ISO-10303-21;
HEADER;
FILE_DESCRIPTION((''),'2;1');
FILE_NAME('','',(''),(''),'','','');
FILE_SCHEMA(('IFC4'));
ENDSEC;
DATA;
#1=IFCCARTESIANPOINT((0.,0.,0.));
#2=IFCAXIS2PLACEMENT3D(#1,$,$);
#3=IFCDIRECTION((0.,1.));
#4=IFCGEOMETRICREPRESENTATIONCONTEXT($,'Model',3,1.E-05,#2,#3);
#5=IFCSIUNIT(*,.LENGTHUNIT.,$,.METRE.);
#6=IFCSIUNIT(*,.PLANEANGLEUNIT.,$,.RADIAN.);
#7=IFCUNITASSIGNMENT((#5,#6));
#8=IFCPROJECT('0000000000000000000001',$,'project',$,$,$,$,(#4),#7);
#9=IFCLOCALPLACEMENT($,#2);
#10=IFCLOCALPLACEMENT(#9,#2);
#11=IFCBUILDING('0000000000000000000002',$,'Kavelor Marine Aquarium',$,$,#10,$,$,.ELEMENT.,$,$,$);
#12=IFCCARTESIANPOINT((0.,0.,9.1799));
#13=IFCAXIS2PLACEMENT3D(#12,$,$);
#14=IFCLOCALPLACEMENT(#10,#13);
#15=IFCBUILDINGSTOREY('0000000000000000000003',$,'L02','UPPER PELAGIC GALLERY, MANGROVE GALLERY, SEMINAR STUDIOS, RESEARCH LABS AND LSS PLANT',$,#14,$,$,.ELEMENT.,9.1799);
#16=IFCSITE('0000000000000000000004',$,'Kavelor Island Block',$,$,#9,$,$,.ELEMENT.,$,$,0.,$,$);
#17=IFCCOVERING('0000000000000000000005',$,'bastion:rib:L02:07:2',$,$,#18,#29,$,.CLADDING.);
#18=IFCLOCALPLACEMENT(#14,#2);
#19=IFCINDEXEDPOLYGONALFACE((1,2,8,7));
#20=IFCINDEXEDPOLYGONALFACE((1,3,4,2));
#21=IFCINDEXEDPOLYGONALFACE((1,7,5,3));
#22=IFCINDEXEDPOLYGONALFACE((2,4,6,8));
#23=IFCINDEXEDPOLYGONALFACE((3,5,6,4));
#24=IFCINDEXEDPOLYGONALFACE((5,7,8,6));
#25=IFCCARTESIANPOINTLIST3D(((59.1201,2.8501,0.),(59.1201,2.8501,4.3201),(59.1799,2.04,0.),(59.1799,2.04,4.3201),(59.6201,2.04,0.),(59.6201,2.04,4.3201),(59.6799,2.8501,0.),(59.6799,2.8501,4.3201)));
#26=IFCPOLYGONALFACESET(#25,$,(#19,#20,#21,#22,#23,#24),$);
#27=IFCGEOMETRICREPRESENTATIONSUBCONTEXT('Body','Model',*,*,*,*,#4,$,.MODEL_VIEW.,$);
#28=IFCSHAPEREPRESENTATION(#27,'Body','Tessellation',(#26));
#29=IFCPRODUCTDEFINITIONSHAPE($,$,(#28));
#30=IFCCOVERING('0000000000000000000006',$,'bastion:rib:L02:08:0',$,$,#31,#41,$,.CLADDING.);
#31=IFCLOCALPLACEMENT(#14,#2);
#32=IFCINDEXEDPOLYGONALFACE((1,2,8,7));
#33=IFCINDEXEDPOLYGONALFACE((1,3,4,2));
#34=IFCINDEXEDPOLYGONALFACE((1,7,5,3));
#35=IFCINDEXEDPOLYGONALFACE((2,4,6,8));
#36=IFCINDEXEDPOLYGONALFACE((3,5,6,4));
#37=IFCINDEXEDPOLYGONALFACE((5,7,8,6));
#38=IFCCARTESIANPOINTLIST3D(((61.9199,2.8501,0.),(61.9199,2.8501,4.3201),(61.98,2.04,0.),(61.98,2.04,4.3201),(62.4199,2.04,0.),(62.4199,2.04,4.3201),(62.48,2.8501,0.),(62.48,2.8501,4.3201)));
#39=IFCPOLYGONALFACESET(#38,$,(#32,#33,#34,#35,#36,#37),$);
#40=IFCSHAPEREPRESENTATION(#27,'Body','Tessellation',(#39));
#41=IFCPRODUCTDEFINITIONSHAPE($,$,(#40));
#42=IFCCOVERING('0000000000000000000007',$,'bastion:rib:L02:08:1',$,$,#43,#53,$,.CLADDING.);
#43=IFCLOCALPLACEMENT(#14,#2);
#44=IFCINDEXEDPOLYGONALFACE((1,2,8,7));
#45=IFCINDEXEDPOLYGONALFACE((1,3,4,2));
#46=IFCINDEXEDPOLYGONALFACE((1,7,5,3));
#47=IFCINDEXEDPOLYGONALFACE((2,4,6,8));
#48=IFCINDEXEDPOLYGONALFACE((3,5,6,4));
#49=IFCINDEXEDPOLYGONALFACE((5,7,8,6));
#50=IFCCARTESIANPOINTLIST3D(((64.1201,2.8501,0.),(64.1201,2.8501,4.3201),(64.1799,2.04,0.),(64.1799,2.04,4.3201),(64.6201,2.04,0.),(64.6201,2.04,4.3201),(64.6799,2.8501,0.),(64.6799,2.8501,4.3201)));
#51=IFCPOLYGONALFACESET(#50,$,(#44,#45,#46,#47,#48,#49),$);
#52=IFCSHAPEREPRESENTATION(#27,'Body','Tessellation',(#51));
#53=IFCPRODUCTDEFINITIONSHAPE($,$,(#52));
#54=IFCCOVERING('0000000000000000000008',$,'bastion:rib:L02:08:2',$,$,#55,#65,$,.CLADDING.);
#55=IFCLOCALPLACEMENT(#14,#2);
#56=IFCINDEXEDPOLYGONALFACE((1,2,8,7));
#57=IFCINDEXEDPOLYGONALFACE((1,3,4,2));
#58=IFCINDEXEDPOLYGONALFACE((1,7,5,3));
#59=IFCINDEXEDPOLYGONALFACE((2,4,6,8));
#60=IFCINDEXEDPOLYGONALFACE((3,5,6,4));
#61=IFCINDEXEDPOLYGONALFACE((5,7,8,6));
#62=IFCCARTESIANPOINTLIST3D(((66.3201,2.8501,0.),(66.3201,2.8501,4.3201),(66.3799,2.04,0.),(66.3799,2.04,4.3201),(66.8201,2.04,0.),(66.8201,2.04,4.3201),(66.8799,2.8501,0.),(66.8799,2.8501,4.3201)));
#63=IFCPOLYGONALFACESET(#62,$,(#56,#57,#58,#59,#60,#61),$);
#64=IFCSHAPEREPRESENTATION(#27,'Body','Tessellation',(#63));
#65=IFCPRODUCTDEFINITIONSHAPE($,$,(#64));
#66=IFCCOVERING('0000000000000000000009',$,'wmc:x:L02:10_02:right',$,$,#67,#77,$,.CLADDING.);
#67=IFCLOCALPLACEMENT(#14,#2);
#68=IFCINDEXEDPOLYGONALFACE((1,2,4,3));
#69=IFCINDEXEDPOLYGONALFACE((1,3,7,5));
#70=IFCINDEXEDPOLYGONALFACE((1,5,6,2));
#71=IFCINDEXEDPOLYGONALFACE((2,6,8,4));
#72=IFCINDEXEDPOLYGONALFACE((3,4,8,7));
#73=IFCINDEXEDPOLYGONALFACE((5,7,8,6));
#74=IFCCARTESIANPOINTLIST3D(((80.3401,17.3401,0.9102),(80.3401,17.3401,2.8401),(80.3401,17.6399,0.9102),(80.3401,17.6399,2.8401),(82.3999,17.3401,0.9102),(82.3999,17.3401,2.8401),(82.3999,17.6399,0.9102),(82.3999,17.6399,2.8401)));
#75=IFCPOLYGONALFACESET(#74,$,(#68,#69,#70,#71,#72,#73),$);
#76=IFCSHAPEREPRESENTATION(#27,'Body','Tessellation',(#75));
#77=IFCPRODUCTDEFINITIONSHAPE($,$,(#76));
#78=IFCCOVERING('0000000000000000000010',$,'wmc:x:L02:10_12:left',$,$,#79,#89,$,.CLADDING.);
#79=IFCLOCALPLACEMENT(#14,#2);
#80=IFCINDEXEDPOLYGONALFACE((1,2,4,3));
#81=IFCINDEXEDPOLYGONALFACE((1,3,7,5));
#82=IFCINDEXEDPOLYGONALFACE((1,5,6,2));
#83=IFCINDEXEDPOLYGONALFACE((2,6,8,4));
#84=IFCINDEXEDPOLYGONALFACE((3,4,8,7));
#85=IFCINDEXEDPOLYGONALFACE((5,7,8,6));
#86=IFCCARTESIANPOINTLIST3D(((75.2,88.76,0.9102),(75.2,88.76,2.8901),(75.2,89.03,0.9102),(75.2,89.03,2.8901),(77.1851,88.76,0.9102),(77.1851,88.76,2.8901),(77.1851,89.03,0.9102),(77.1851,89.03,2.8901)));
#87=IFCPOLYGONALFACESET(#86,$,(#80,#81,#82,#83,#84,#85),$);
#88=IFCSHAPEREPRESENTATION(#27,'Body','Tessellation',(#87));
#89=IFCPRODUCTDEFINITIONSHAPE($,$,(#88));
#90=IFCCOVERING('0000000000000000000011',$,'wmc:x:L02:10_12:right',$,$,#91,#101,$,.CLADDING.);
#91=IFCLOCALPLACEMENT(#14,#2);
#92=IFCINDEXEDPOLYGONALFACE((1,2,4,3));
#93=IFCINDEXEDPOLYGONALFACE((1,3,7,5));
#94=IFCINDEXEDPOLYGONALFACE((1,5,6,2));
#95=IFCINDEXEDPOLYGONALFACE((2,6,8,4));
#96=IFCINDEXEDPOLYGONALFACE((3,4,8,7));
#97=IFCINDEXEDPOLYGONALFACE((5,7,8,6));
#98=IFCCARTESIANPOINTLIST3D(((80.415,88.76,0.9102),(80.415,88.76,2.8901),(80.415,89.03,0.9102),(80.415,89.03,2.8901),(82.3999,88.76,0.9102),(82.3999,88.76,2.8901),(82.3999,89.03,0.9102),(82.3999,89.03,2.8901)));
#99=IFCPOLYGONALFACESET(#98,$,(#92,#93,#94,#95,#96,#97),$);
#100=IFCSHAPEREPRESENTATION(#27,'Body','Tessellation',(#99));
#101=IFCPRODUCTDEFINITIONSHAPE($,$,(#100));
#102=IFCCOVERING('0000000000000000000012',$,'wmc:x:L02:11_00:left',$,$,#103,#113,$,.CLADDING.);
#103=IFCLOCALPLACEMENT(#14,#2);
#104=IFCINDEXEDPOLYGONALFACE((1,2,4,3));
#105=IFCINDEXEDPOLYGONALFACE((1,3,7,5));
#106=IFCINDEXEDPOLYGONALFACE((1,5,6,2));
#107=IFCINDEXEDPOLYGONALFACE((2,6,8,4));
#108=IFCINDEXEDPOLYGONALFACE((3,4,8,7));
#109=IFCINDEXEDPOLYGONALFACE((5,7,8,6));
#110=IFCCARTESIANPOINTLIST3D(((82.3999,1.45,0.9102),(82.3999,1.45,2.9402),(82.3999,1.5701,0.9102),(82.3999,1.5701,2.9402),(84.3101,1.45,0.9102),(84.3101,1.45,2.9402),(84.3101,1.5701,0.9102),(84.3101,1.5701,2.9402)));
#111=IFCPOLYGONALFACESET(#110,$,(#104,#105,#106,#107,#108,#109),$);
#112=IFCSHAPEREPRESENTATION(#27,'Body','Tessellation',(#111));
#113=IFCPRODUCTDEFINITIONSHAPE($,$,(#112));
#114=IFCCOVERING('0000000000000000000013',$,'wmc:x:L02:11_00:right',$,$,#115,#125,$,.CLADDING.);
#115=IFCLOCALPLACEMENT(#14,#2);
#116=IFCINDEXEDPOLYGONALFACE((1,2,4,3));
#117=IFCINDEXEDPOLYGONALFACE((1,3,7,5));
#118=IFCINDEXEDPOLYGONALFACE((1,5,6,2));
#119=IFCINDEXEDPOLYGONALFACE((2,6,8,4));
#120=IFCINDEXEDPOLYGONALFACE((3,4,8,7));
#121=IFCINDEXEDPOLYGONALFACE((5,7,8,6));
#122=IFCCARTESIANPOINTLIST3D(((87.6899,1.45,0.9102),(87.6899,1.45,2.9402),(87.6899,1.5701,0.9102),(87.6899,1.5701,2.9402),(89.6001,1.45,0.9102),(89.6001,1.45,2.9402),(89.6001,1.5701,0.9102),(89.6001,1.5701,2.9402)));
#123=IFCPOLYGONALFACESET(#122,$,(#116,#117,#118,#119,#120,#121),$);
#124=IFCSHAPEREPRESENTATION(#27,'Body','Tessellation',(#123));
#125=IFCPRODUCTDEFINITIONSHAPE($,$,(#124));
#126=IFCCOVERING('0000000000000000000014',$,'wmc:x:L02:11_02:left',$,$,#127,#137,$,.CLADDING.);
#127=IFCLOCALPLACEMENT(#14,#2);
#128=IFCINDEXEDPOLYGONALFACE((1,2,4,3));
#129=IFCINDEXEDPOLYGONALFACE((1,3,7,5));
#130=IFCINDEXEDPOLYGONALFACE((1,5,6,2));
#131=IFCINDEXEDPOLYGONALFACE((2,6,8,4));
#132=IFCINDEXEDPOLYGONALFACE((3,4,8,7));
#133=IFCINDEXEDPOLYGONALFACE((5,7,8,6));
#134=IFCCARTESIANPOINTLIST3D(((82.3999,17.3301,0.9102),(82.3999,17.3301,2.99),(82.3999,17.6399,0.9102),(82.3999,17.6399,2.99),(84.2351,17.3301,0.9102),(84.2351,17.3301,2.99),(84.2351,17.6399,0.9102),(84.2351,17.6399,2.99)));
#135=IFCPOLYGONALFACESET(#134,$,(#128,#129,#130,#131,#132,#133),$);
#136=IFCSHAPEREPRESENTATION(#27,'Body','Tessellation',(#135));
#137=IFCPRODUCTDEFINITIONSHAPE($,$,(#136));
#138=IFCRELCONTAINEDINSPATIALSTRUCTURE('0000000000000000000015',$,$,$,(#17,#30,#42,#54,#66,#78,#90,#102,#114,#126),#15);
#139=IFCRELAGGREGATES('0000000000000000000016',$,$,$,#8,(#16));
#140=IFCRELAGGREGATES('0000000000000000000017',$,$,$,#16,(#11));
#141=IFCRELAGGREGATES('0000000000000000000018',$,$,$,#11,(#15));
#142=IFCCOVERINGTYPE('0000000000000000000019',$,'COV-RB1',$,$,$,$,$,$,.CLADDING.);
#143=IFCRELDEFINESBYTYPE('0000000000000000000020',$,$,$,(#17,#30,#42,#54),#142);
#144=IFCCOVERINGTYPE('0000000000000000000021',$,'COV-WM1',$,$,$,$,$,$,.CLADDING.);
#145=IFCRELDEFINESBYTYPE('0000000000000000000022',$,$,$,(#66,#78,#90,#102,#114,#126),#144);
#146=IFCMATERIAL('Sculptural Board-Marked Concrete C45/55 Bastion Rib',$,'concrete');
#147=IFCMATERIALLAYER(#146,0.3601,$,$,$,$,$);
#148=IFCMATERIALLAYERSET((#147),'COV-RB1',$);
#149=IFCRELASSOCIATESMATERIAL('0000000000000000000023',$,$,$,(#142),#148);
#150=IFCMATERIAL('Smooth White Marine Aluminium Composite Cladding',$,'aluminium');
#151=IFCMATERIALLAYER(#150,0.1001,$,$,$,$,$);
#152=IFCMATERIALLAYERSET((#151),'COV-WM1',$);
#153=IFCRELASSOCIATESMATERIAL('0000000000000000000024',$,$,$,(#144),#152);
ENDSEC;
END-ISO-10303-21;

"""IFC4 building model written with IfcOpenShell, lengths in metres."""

from ifc_helpers import new_model, si_unit, direction, frame, origin, place, context, subcontext, project, spatial, polyline, outline, extrude, material, layer, layer_set, type_object, element, save


model = new_model("IFC4")

# Units and contexts
model_context = context("Model", 3, precision=1e-05, world=origin(), true_north=direction((0.0, 1.0)))
body_context = subcontext(model_context, "Body", "Model", "MODEL_VIEW")
ifc_project = project(units=[si_unit("LENGTHUNIT", "METRE"), si_unit("PLANEANGLEUNIT", "RADIAN")], contexts=[model_context])

# Site, building, storey
site_placement = place(None, origin())
site = spatial("IfcSite", under=ifc_project, at=site_placement, Name="Kavelor Island Block", CompositionType="ELEMENT", RefElevation=0.0)
building_placement = place(site_placement, origin())
building = spatial("IfcBuilding", under=site, at=building_placement, Name="Kavelor Marine Aquarium", CompositionType="ELEMENT")
storey_placement = place(building_placement, frame((0.0, 0.0, 9.1799)))
storey = spatial("IfcBuildingStorey", under=building, at=storey_placement, Name="L02", Description="UPPER PELAGIC GALLERY, MANGROVE GALLERY, SEMINAR STUDIOS, RESEARCH LABS AND LSS PLANT", CompositionType="ELEMENT", Elevation=9.1799)

# Coverings
ifc_material_1 = material(Name="Sculptural Board-Marked Concrete C45/55 Bastion Rib", Category="concrete")
ifc_layer_1 = layer(ifc_material_1, 0.3601)
ifc_layer_set_1 = layer_set([ifc_layer_1], Name="COV-RB1")
covering_type_1 = type_object("IfcCoveringType", Name="COV-RB1", PredefinedType="CLADDING", material=ifc_layer_set_1)
covering_1_placement = place(storey_placement, origin())
element("IfcCovering", 1, at=covering_1_placement, inside=storey, type_object=covering_type_1, Name="bastion:rib:L02:07:2", PredefinedType="CLADDING", context=body_context, shape_type="SweptSolid", body=[
    extrude(outline(polyline([(59.1799, 2.04), (59.6201, 2.04), (59.6799, 2.8501), (59.1201, 2.8501), (59.1799, 2.04)])), origin(), (0.0, 0.0, 1.0), 4.3201),
])
covering_2_placement = place(storey_placement, origin())
element("IfcCovering", 2, at=covering_2_placement, inside=storey, type_object=covering_type_1, Name="bastion:rib:L02:08:0", PredefinedType="CLADDING", context=body_context, shape_type="SweptSolid", body=[
    extrude(outline(polyline([(61.98, 2.04), (62.4199, 2.04), (62.48, 2.8501), (61.9199, 2.8501), (61.98, 2.04)])), origin(), (0.0, 0.0, 1.0), 4.3201),
])
covering_3_placement = place(storey_placement, origin())
element("IfcCovering", 3, at=covering_3_placement, inside=storey, type_object=covering_type_1, Name="bastion:rib:L02:08:1", PredefinedType="CLADDING", context=body_context, shape_type="SweptSolid", body=[
    extrude(outline(polyline([(64.1799, 2.04), (64.6201, 2.04), (64.6799, 2.8501), (64.1201, 2.8501), (64.1799, 2.04)])), origin(), (0.0, 0.0, 1.0), 4.3201),
])
covering_4_placement = place(storey_placement, origin())
element("IfcCovering", 4, at=covering_4_placement, inside=storey, type_object=covering_type_1, Name="bastion:rib:L02:08:2", PredefinedType="CLADDING", context=body_context, shape_type="SweptSolid", body=[
    extrude(outline(polyline([(66.3799, 2.04), (66.8201, 2.04), (66.8799, 2.8501), (66.3201, 2.8501), (66.3799, 2.04)])), origin(), (0.0, 0.0, 1.0), 4.3201),
])
ifc_material_2 = material(Name="Smooth White Marine Aluminium Composite Cladding", Category="aluminium")
ifc_layer_2 = layer(ifc_material_2, 0.1001)
ifc_layer_set_2 = layer_set([ifc_layer_2], Name="COV-WM1")
covering_type_2 = type_object("IfcCoveringType", Name="COV-WM1", PredefinedType="CLADDING", material=ifc_layer_set_2)
covering_5_placement = place(storey_placement, frame((0.0, 0.0, 0.9102)))
element("IfcCovering", 5, at=covering_5_placement, inside=storey, type_object=covering_type_2, Name="wmc:x:L02:10_02:right", PredefinedType="CLADDING", context=body_context, shape_type="SweptSolid", body=[
    extrude(outline(polyline([(80.3401, 17.3401), (82.3999, 17.3401), (82.3999, 17.6399), (80.3401, 17.6399), (80.3401, 17.3401)])), origin(), (0.0, 0.0, 1.0), 1.9299),
])
covering_6_placement = place(storey_placement, frame((0.0, 0.0, 0.9102)))
element("IfcCovering", 6, at=covering_6_placement, inside=storey, type_object=covering_type_2, Name="wmc:x:L02:10_12:left", PredefinedType="CLADDING", context=body_context, shape_type="SweptSolid", body=[
    extrude(outline(polyline([(75.2, 88.76), (77.1851, 88.76), (77.1851, 89.03), (75.2, 89.03), (75.2, 88.76)])), origin(), (0.0, 0.0, 1.0), 1.98),
])
covering_7_placement = place(storey_placement, frame((0.0, 0.0, 0.9102)))
element("IfcCovering", 7, at=covering_7_placement, inside=storey, type_object=covering_type_2, Name="wmc:x:L02:10_12:right", PredefinedType="CLADDING", context=body_context, shape_type="SweptSolid", body=[
    extrude(outline(polyline([(80.415, 88.76), (82.3999, 88.76), (82.3999, 89.03), (80.415, 89.03), (80.415, 88.76)])), origin(), (0.0, 0.0, 1.0), 1.98),
])
covering_8_placement = place(storey_placement, frame((0.0, 0.0, 0.9102)))
element("IfcCovering", 8, at=covering_8_placement, inside=storey, type_object=covering_type_2, Name="wmc:x:L02:11_00:left", PredefinedType="CLADDING", context=body_context, shape_type="SweptSolid", body=[
    extrude(outline(polyline([(82.3999, 1.45), (84.3101, 1.45), (84.3101, 1.5701), (82.3999, 1.5701), (82.3999, 1.45)])), origin(), (0.0, 0.0, 1.0), 2.03),
])
covering_9_placement = place(storey_placement, frame((0.0, 0.0, 0.9102)))
element("IfcCovering", 9, at=covering_9_placement, inside=storey, type_object=covering_type_2, Name="wmc:x:L02:11_00:right", PredefinedType="CLADDING", context=body_context, shape_type="SweptSolid", body=[
    extrude(outline(polyline([(87.6899, 1.45), (89.6001, 1.45), (89.6001, 1.5701), (87.6899, 1.5701), (87.6899, 1.45)])), origin(), (0.0, 0.0, 1.0), 2.03),
])
covering_10_placement = place(storey_placement, frame((0.0, 0.0, 0.9102)))
element("IfcCovering", 10, at=covering_10_placement, inside=storey, type_object=covering_type_2, Name="wmc:x:L02:11_02:left", PredefinedType="CLADDING", context=body_context, shape_type="SweptSolid", body=[
    extrude(outline(polyline([(82.3999, 17.3301), (84.2351, 17.3301), (84.2351, 17.6399), (82.3999, 17.6399), (82.3999, 17.3301)])), origin(), (0.0, 0.0, 1.0), 2.0798),
])

save(model, "model.ifc")
